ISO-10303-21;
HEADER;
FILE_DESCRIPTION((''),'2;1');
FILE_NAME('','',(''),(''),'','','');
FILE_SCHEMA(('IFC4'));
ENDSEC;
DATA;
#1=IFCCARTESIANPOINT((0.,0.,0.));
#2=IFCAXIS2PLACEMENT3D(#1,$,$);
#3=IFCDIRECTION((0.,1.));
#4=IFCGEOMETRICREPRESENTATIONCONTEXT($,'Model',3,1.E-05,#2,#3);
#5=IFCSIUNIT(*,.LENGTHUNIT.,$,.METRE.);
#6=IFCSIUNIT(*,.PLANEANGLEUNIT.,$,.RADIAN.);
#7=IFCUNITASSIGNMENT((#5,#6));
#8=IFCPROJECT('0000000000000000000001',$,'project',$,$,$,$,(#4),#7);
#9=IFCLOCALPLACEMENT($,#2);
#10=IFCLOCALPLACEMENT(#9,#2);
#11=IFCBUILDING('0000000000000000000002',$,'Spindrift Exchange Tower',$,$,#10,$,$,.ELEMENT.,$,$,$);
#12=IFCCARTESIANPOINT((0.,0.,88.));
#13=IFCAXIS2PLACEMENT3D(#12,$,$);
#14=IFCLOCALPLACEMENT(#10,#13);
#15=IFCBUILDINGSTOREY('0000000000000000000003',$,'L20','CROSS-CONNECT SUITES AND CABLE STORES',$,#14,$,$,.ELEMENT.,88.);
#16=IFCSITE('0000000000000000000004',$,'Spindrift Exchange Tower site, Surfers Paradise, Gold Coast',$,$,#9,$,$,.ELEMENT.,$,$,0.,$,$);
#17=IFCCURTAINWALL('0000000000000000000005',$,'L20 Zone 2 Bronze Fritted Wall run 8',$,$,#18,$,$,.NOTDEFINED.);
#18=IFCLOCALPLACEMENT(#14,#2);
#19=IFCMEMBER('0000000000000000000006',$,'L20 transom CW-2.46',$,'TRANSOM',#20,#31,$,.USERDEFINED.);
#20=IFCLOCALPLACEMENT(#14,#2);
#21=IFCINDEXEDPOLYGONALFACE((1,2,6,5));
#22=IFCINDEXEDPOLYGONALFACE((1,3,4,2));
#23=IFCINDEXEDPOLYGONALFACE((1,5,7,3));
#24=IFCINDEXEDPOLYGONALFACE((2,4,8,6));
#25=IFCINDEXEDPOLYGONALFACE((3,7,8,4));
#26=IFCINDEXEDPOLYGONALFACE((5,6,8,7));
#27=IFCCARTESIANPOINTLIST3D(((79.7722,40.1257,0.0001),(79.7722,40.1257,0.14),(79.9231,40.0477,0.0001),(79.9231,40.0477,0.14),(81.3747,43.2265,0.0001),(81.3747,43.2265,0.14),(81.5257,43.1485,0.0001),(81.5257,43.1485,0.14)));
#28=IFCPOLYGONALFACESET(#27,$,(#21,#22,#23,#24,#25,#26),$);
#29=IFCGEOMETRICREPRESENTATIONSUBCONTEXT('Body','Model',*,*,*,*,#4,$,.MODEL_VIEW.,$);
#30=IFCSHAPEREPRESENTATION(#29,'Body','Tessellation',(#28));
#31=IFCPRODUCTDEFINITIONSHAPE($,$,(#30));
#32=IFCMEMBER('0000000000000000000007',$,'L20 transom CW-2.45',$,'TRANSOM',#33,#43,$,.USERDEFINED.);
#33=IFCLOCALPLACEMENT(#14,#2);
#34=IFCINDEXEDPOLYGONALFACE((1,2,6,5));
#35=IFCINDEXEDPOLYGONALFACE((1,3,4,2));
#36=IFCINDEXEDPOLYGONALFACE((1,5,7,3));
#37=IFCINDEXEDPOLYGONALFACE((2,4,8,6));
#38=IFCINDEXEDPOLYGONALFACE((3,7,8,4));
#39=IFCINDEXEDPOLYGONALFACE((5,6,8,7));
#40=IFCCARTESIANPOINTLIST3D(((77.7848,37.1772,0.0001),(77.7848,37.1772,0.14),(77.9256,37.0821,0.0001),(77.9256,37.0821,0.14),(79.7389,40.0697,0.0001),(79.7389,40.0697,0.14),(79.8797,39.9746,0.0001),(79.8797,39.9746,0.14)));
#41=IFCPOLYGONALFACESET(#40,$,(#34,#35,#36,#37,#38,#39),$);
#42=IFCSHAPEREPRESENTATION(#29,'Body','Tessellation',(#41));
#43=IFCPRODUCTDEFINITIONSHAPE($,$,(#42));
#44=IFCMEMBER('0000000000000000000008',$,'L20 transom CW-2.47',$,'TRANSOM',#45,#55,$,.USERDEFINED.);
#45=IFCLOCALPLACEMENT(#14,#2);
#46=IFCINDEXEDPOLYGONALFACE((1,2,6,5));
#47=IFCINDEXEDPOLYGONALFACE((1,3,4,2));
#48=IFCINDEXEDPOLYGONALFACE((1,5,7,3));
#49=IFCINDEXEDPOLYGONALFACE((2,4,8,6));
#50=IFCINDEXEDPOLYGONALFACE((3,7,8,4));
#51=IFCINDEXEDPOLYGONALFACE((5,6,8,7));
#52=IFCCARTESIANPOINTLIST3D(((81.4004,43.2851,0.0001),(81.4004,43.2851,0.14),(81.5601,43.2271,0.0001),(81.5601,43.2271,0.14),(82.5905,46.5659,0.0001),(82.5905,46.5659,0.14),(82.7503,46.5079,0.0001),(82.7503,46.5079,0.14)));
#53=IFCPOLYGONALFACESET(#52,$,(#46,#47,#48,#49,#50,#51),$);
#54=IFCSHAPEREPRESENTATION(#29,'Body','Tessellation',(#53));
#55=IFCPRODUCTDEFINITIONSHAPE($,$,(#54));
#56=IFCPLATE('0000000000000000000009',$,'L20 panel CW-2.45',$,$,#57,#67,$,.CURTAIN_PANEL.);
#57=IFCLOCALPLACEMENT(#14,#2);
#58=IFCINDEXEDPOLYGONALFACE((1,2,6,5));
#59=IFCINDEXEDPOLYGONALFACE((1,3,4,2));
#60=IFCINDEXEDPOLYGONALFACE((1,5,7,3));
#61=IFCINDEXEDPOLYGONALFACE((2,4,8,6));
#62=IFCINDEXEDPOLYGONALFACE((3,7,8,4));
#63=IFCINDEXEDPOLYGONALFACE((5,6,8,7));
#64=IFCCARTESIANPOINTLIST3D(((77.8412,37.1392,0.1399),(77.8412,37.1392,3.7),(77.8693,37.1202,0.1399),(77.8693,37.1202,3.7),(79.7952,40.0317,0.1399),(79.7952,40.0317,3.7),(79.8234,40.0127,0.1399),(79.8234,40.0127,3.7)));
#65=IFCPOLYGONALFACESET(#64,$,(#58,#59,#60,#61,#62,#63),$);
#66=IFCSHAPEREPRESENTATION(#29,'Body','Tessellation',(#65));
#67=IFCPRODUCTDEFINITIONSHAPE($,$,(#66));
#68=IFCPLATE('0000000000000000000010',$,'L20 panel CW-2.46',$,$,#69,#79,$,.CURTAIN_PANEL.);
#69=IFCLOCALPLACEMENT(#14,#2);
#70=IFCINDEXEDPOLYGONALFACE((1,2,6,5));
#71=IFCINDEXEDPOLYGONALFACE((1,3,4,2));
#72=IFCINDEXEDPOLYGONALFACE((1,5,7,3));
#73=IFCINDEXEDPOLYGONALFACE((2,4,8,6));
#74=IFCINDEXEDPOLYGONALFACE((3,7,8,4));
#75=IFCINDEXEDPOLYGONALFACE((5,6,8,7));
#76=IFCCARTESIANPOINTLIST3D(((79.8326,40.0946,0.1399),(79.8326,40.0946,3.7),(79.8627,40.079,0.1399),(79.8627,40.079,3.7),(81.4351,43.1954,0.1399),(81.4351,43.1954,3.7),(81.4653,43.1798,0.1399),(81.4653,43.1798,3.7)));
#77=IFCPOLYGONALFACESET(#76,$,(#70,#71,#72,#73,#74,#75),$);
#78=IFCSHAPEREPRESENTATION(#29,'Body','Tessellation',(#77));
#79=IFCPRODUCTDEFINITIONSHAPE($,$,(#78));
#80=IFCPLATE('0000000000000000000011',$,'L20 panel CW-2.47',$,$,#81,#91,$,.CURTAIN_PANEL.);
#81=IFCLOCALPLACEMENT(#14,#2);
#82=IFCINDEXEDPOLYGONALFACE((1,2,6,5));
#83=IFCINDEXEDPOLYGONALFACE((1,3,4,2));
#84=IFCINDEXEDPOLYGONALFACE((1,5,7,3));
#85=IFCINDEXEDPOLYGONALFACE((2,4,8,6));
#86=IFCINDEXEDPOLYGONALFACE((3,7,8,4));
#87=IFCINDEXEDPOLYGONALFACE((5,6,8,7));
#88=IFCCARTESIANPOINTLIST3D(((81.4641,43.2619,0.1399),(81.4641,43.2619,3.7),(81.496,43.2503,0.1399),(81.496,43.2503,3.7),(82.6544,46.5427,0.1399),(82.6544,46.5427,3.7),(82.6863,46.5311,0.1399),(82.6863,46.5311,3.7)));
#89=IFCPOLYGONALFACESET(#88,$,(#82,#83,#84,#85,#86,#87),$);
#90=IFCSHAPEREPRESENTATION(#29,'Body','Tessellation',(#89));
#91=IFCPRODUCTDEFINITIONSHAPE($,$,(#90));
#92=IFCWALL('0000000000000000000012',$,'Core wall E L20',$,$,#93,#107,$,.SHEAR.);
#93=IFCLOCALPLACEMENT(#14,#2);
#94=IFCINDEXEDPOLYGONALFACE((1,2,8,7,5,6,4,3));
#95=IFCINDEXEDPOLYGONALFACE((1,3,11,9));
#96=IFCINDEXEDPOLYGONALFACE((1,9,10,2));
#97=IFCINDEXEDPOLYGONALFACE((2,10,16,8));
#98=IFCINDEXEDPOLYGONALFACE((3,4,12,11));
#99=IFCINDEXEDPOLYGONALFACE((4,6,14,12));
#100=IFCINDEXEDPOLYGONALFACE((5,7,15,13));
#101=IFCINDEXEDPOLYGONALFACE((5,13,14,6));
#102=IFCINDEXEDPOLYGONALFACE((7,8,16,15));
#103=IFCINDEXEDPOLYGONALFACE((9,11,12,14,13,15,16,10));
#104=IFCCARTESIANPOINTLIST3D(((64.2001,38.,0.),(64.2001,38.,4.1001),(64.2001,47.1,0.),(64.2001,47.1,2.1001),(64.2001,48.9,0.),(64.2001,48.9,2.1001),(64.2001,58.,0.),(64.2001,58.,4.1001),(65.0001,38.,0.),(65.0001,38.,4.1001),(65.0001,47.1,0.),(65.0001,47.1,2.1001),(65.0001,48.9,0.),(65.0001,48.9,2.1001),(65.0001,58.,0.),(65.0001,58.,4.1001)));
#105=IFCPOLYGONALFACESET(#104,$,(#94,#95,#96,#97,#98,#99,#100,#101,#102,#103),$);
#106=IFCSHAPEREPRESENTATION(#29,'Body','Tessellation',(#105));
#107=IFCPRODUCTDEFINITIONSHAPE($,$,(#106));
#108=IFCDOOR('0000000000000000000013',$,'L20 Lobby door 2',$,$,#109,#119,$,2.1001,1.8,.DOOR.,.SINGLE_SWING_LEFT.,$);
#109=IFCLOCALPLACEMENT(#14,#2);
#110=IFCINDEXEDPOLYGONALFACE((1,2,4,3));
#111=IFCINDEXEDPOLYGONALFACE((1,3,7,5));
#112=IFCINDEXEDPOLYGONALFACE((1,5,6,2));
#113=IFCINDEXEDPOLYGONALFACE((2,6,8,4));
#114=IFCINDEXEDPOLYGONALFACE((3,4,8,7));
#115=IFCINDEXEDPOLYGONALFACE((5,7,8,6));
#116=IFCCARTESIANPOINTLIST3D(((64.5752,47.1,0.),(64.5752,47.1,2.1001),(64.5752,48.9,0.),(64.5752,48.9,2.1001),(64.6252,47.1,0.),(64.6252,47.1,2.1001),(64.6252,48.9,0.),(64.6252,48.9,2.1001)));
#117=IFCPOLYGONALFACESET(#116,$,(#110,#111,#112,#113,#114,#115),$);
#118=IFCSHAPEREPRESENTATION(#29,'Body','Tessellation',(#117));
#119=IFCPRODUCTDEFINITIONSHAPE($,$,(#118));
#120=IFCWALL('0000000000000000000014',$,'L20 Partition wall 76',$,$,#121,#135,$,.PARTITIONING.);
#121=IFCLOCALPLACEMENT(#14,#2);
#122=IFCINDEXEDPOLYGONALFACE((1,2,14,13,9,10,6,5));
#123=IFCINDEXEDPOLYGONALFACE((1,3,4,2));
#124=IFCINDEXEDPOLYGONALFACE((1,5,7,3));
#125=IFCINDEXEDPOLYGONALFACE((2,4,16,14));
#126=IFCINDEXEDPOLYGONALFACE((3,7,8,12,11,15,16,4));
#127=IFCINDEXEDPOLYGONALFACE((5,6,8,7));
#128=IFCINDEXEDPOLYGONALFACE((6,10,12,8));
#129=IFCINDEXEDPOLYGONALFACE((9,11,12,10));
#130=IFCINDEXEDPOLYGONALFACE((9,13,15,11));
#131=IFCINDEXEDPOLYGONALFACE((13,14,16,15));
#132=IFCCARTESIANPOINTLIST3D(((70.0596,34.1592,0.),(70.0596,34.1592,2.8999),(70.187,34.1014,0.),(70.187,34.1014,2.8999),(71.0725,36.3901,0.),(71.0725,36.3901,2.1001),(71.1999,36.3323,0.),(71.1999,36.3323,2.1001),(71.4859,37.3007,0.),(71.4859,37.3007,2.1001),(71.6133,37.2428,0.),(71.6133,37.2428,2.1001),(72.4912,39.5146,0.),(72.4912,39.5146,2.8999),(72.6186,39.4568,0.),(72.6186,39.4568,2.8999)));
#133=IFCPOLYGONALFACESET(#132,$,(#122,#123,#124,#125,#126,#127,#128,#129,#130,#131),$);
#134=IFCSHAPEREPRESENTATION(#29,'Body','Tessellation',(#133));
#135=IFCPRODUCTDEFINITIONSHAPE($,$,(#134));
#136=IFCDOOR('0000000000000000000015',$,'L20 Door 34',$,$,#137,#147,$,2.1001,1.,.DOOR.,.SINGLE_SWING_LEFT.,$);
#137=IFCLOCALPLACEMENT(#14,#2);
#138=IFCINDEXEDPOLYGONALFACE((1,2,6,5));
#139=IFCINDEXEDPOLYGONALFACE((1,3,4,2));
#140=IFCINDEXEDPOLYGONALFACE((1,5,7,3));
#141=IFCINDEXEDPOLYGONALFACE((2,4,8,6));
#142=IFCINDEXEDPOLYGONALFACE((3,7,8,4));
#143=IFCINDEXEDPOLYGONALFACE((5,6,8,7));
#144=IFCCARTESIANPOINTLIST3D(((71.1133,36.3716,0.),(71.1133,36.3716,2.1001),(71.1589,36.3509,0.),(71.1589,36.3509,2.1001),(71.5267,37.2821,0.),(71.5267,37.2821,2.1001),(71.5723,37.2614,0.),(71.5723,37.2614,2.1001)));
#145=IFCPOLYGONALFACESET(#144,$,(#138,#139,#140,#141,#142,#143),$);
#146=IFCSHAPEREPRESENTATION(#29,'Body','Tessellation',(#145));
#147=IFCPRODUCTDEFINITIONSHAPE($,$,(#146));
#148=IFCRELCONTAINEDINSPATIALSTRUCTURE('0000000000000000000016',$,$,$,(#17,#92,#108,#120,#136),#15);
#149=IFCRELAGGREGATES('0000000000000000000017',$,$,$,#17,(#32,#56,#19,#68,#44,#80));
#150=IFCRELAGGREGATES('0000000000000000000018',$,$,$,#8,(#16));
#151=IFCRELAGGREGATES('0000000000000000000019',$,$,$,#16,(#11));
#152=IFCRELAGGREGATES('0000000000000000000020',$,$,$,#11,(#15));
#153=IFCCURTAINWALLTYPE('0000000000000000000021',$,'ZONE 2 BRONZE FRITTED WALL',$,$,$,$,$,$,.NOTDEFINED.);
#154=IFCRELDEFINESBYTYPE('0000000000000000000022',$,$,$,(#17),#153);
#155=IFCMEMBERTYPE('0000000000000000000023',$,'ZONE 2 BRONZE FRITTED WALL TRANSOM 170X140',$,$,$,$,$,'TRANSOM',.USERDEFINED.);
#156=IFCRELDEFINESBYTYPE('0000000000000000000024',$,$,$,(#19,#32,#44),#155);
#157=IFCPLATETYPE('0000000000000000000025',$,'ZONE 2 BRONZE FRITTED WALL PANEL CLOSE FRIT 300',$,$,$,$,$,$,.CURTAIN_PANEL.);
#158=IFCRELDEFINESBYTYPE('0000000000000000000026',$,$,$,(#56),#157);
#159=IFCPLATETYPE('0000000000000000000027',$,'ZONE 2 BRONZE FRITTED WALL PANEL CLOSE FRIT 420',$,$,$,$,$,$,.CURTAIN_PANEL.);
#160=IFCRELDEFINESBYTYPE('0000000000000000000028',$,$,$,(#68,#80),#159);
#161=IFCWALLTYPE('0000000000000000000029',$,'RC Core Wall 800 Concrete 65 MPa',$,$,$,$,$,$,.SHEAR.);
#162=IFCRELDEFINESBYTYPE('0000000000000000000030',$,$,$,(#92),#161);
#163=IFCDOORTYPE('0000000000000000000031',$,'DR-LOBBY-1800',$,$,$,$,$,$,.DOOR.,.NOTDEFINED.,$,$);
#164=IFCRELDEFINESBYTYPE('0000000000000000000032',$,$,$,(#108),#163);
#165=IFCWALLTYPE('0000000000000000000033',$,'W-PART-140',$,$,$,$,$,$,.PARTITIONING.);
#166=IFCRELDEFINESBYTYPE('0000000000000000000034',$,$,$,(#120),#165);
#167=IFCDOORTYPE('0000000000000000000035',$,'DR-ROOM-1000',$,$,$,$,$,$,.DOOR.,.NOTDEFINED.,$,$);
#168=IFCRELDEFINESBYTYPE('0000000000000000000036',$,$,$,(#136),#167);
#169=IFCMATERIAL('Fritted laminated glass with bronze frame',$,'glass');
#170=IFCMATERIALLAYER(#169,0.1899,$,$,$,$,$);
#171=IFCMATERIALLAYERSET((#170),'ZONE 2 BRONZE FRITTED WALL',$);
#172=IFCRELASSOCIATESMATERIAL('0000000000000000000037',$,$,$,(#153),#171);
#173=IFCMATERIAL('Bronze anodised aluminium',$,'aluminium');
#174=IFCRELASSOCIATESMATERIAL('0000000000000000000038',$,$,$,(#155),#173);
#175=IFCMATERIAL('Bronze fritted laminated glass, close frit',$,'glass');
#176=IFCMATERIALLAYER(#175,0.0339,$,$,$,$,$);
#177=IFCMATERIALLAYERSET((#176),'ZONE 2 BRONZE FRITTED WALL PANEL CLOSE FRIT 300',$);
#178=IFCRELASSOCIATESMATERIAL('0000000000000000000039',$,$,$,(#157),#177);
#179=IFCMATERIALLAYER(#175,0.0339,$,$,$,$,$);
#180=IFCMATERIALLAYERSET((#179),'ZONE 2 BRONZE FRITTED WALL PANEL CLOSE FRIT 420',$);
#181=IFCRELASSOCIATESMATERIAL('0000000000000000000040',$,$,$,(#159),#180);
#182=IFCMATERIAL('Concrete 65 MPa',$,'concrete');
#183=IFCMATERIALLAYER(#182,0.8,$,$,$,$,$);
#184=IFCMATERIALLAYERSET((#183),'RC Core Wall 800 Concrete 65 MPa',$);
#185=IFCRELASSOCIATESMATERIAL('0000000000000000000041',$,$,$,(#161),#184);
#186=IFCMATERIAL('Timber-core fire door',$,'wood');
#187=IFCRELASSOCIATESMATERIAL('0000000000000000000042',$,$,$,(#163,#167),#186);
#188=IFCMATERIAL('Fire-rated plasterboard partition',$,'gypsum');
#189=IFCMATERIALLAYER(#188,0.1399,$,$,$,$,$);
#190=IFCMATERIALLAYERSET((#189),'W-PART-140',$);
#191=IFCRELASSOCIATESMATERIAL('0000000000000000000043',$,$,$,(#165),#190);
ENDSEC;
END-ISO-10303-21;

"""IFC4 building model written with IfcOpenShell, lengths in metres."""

from ifc_helpers import new_model, si_unit, direction, frame, frame_2d, origin, origin_2d, place, context, subcontext, project, spatial, rectangle, extrude, source, transform, mapped, material, layer, layer_set, material_profile, profile_set, type_object, element, fill, aggregate, save


model = new_model("IFC4")

# Units and contexts
model_context = context("Model", 3, precision=1e-05, world=origin(), true_north=direction((0.0, 1.0)))
body_context = subcontext(model_context, "Body", "Model", "MODEL_VIEW")
ifc_project = project(units=[si_unit("LENGTHUNIT", "METRE"), si_unit("PLANEANGLEUNIT", "RADIAN")], contexts=[model_context])

# Site, building, storey
site_placement = place(None, origin())
site = spatial("IfcSite", under=ifc_project, at=site_placement, Name="Spindrift Exchange Tower site, Surfers Paradise, Gold Coast", CompositionType="ELEMENT", RefElevation=0.0)
building_placement = place(site_placement, origin())
building = spatial("IfcBuilding", under=site, at=building_placement, Name="Spindrift Exchange Tower", CompositionType="ELEMENT")
storey_placement = place(building_placement, frame((0.0, 0.0, 88.0)))
storey = spatial("IfcBuildingStorey", under=building, at=storey_placement, Name="L20", Description="CROSS-CONNECT SUITES AND CABLE STORES", CompositionType="ELEMENT", Elevation=88.0)

# Shared definitions
ifc_material_1 = material(Name="Concrete 65 MPa", Category="concrete")

# Curtain wall, members, plates
ifc_material_2 = material(Name="Fritted laminated glass with bronze frame", Category="glass")
ifc_layer_1 = layer(ifc_material_2, 0.1899)
ifc_layer_set_1 = layer_set([ifc_layer_1], Name="ZONE 2 BRONZE FRITTED WALL")
curtain_wall_type = type_object("IfcCurtainWallType", Name="ZONE 2 BRONZE FRITTED WALL", PredefinedType="NOTDEFINED", material=ifc_layer_set_1)
curtain_wall_placement = place(storey_placement, origin())
curtain_wall = element("IfcCurtainWall", 1, at=curtain_wall_placement, inside=storey, type_object=curtain_wall_type, Name="L20 Zone 2 Bronze Fritted Wall run 8", PredefinedType="NOTDEFINED")
ifc_material_3 = material(Name="Bronze anodised aluminium", Category="aluminium")
ifc_material_profile_1 = material_profile(ifc_material_3, rectangle(XDim=0.1699, YDim=0.1399, at=origin_2d()), Name="ZONE 2 BRONZE FRITTED WALL TRANSOM 170X140")
ifc_profile_set_1 = profile_set([ifc_material_profile_1], Name="Bronze anodised aluminium")
member_type_1 = type_object("IfcMemberType", Name="ZONE 2 BRONZE FRITTED WALL TRANSOM 170X140", ElementType="TRANSOM", PredefinedType="USERDEFINED", material=ifc_profile_set_1)
shared_shape_1 = source(origin(), body_context, "Body", "SweptSolid", [
    extrude(rectangle(XDim=0.1699, YDim=0.1399, at=origin_2d()), origin(), (0.0, 0.0, 1.0), 3.4905),
])
member_1_placement = place(storey_placement, frame((79.8477, 40.0867, 0.0701), z_axis=(0.45912, 0.888374, 0.0), x_axis=(-0.888374, 0.45912, 0.0)))
member_1 = element("IfcMember", 2, at=member_1_placement, type_object=member_type_1, Name="L20 transom CW-2.46", ObjectType="TRANSOM", PredefinedType="USERDEFINED", context=body_context, shape_type="MappedRepresentation", body=[
    mapped(shared_shape_1, transform((0.0, 0.0, 0.0), scale=1.0)),
])
shared_shape_2 = source(origin(), body_context, "Body", "SweptSolid", [
    extrude(rectangle(XDim=0.1699, YDim=0.1399, at=origin_2d()), origin(), (0.0, 0.0, 1.0), 3.4907),
])
member_2_placement = place(storey_placement, frame((77.8552, 37.1296, 0.0701), z_axis=(0.55979, 0.828635, 0.0), x_axis=(-0.828635, 0.55979, 0.0)))
member_2 = element("IfcMember", 3, at=member_2_placement, type_object=member_type_1, Name="L20 transom CW-2.45", ObjectType="TRANSOM", PredefinedType="USERDEFINED", context=body_context, shape_type="MappedRepresentation", body=[
    mapped(shared_shape_2, transform((0.0, 0.0, 0.0), scale=1.0)),
])
shared_shape_3 = source(origin(), body_context, "Body", "SweptSolid", [
    extrude(rectangle(XDim=0.1699, YDim=0.1399, at=origin_2d()), origin(), (0.0, 0.0, 1.0), 3.49),
])
member_3_placement = place(storey_placement, frame((81.4802, 43.2561, 0.0701), z_axis=(0.34103, 0.940053, 0.0), x_axis=(-0.940053, 0.34103, 0.0)))
member_3 = element("IfcMember", 4, at=member_3_placement, type_object=member_type_1, Name="L20 transom CW-2.47", ObjectType="TRANSOM", PredefinedType="USERDEFINED", context=body_context, shape_type="MappedRepresentation", body=[
    mapped(shared_shape_3, transform((0.0, 0.0, 0.0), scale=1.0)),
])
ifc_material_4 = material(Name="Bronze fritted laminated glass, close frit", Category="glass")
ifc_layer_2 = layer(ifc_material_4, 0.0339)
ifc_layer_set_2 = layer_set([ifc_layer_2], Name="ZONE 2 BRONZE FRITTED WALL PANEL CLOSE FRIT 300")
plate_type_1 = type_object("IfcPlateType", Name="ZONE 2 BRONZE FRITTED WALL PANEL CLOSE FRIT 300", PredefinedType="CURTAIN_PANEL", material=ifc_layer_set_2)
shared_shape_4 = source(origin(), body_context, "Body", "SweptSolid", [
    extrude(rectangle(XDim=3.4907, YDim=0.0339, at=origin_2d()), origin(), (0.0, 0.0, 1.0), 3.5601),
])
plate_1_placement = place(storey_placement, frame((78.8323, 38.5759, 0.1399), z_axis=(0.0, 0.0, 1.0), x_axis=(0.559783, 0.828639, 0.0)))
plate_1 = element("IfcPlate", 5, at=plate_1_placement, type_object=plate_type_1, Name="L20 panel CW-2.45", PredefinedType="CURTAIN_PANEL", context=body_context, shape_type="MappedRepresentation", body=[
    mapped(shared_shape_4, transform((0.0, 0.0, 0.0), scale=1.0)),
])
ifc_layer_3 = layer(ifc_material_4, 0.0339)
ifc_layer_set_3 = layer_set([ifc_layer_3], Name="ZONE 2 BRONZE FRITTED WALL PANEL CLOSE FRIT 420")
plate_type_2 = type_object("IfcPlateType", Name="ZONE 2 BRONZE FRITTED WALL PANEL CLOSE FRIT 420", PredefinedType="CURTAIN_PANEL", material=ifc_layer_set_3)
shared_shape_5 = source(origin(), body_context, "Body", "SweptSolid", [
    extrude(rectangle(XDim=3.4905, YDim=0.0339, at=origin_2d()), origin(), (0.0, 0.0, 1.0), 3.5601),
])
plate_2_placement = place(storey_placement, frame((80.6489, 41.6372, 0.1399), z_axis=(0.0, 0.0, 1.0), x_axis=(0.459121, 0.888374, 0.0)))
plate_2 = element("IfcPlate", 6, at=plate_2_placement, type_object=plate_type_2, Name="L20 panel CW-2.46", PredefinedType="CURTAIN_PANEL", context=body_context, shape_type="MappedRepresentation", body=[
    mapped(shared_shape_5, transform((0.0, 0.0, 0.0), scale=1.0)),
])
shared_shape_6 = source(origin(), body_context, "Body", "SweptSolid", [
    extrude(rectangle(XDim=3.49, YDim=0.0339, at=origin_2d()), origin(), (0.0, 0.0, 1.0), 3.5601),
])
plate_3_placement = place(storey_placement, frame((82.0752, 44.8965, 0.1399), z_axis=(0.0, 0.0, 1.0), x_axis=(0.341036, 0.94005, 0.0)))
plate_3 = element("IfcPlate", 7, at=plate_3_placement, type_object=plate_type_2, Name="L20 panel CW-2.47", PredefinedType="CURTAIN_PANEL", context=body_context, shape_type="MappedRepresentation", body=[
    mapped(shared_shape_6, transform((0.0, 0.0, 0.0), scale=1.0)),
])
aggregate(curtain_wall, [member_2, plate_1, member_1, plate_2, member_3, plate_3])

# Walls, openings, doors
ifc_layer_4 = layer(ifc_material_1, 0.8)
ifc_layer_set_4 = layer_set([ifc_layer_4], Name="RC Core Wall 800 Concrete 65 MPa")
wall_type_1 = type_object("IfcWallType", Name="RC Core Wall 800 Concrete 65 MPa", PredefinedType="SHEAR", material=ifc_layer_set_4)
wall_1_placement = place(storey_placement, frame((64.6001, 38.0, 0.0), z_axis=(0.0, 0.0, 1.0), x_axis=(0.0, 1.0, 0.0)))
wall_1 = element("IfcWall", 8, at=wall_1_placement, inside=storey, type_object=wall_type_1, Name="Core wall E L20", PredefinedType="SHEAR", context=body_context, shape_type="SweptSolid", body=[
    extrude(rectangle(XDim=20.0, YDim=0.8, at=frame_2d((10.0, 0.0))), origin(), (0.0, 0.0, 1.0), 4.1001),
])
opening_1_placement = place(wall_1_placement, frame((9.1001, 0.0, 0.0)))
opening_1 = element("IfcOpeningElement", 9, at=opening_1_placement, cuts=wall_1, PredefinedType="OPENING", context=body_context, shape_type="SweptSolid", body=[
    extrude(rectangle(XDim=1.8, YDim=2.1001, at=frame_2d((0.8999, 1.05))), frame((0.0, 0.4099, 0.0), z_axis=(0.0, -1.0, 0.0), x_axis=(1.0, 0.0, 0.0)), (0.0, 0.0, 1.0), 0.8201),
])
ifc_material_5 = material(Name="Timber-core fire door", Category="wood")
door_type_1 = type_object("IfcDoorType", Name="DR-LOBBY-1800", OperationType="NOTDEFINED", PredefinedType="DOOR", material=ifc_material_5)
shared_shape_7 = source(origin(), body_context, "Body", "SweptSolid", [
    extrude(rectangle(XDim=1.8, YDim=2.1001, at=frame_2d((0.8999, 1.05))), frame((0.0, 0.0249, 0.0), z_axis=(0.0, -1.0, 0.0), x_axis=(1.0, 0.0, 0.0)), (0.0, 0.0, 1.0), 0.05),
])
door_1_placement = place(opening_1_placement, origin())
door_1 = element("IfcDoor", 10, at=door_1_placement, inside=storey, type_object=door_type_1, Name="L20 Lobby door 2", OperationType="SINGLE_SWING_LEFT", OverallHeight=2.1001, OverallWidth=1.8, PredefinedType="DOOR", context=body_context, shape_type="MappedRepresentation", body=[
    mapped(shared_shape_7, transform((0.0, 0.0, 0.0), scale=1.0)),
])
fill(opening_1, door_1)
ifc_material_6 = material(Name="Fire-rated plasterboard partition", Category="gypsum")
ifc_layer_5 = layer(ifc_material_6, 0.1399)
ifc_layer_set_5 = layer_set([ifc_layer_5], Name="W-PART-140")
wall_type_2 = type_object("IfcWallType", Name="W-PART-140", PredefinedType="PARTITIONING", material=ifc_layer_set_5)
wall_2_placement = place(storey_placement, frame((72.5549, 39.4858, 0.0), z_axis=(0.0, 0.0, 1.0), x_axis=(-0.413428, -0.910537, 0.0)))
wall_2 = element("IfcWall", 11, at=wall_2_placement, inside=storey, type_object=wall_type_2, Name="L20 Partition wall 76", PredefinedType="PARTITIONING", context=body_context, shape_type="SweptSolid", body=[
    extrude(rectangle(XDim=5.8816, YDim=0.1399, at=frame_2d((2.9409, 0.0))), origin(), (0.0, 0.0, 1.0), 2.8999),
])
opening_2_placement = place(wall_2_placement, frame((2.4316, 0.0, 0.0)))
opening_2 = element("IfcOpeningElement", 12, at=opening_2_placement, cuts=wall_2, PredefinedType="OPENING", context=body_context, shape_type="SweptSolid", body=[
    extrude(rectangle(XDim=1.0, YDim=2.1001, at=frame_2d((0.5, 1.05))), frame((0.0, 0.0798, 0.0), z_axis=(0.0, -1.0, 0.0), x_axis=(1.0, 0.0, 0.0)), (0.0, 0.0, 1.0), 0.1599),
])
door_type_2 = type_object("IfcDoorType", Name="DR-ROOM-1000", OperationType="NOTDEFINED", PredefinedType="DOOR", material=ifc_material_5)
shared_shape_8 = source(origin(), body_context, "Body", "SweptSolid", [
    extrude(rectangle(XDim=1.0, YDim=2.1001, at=frame_2d((0.5, 1.05))), frame((0.0, 0.0249, 0.0), z_axis=(0.0, -1.0, 0.0), x_axis=(1.0, 0.0, 0.0)), (0.0, 0.0, 1.0), 0.05),
])
door_2_placement = place(opening_2_placement, origin())
door_2 = element("IfcDoor", 13, at=door_2_placement, inside=storey, type_object=door_type_2, Name="L20 Door 34", OperationType="SINGLE_SWING_LEFT", OverallHeight=2.1001, OverallWidth=1.0, PredefinedType="DOOR", context=body_context, shape_type="MappedRepresentation", body=[
    mapped(shared_shape_8, transform((0.0, 0.0, 0.0), scale=1.0)),
])
fill(opening_2, door_2)

save(model, "model.ifc")
